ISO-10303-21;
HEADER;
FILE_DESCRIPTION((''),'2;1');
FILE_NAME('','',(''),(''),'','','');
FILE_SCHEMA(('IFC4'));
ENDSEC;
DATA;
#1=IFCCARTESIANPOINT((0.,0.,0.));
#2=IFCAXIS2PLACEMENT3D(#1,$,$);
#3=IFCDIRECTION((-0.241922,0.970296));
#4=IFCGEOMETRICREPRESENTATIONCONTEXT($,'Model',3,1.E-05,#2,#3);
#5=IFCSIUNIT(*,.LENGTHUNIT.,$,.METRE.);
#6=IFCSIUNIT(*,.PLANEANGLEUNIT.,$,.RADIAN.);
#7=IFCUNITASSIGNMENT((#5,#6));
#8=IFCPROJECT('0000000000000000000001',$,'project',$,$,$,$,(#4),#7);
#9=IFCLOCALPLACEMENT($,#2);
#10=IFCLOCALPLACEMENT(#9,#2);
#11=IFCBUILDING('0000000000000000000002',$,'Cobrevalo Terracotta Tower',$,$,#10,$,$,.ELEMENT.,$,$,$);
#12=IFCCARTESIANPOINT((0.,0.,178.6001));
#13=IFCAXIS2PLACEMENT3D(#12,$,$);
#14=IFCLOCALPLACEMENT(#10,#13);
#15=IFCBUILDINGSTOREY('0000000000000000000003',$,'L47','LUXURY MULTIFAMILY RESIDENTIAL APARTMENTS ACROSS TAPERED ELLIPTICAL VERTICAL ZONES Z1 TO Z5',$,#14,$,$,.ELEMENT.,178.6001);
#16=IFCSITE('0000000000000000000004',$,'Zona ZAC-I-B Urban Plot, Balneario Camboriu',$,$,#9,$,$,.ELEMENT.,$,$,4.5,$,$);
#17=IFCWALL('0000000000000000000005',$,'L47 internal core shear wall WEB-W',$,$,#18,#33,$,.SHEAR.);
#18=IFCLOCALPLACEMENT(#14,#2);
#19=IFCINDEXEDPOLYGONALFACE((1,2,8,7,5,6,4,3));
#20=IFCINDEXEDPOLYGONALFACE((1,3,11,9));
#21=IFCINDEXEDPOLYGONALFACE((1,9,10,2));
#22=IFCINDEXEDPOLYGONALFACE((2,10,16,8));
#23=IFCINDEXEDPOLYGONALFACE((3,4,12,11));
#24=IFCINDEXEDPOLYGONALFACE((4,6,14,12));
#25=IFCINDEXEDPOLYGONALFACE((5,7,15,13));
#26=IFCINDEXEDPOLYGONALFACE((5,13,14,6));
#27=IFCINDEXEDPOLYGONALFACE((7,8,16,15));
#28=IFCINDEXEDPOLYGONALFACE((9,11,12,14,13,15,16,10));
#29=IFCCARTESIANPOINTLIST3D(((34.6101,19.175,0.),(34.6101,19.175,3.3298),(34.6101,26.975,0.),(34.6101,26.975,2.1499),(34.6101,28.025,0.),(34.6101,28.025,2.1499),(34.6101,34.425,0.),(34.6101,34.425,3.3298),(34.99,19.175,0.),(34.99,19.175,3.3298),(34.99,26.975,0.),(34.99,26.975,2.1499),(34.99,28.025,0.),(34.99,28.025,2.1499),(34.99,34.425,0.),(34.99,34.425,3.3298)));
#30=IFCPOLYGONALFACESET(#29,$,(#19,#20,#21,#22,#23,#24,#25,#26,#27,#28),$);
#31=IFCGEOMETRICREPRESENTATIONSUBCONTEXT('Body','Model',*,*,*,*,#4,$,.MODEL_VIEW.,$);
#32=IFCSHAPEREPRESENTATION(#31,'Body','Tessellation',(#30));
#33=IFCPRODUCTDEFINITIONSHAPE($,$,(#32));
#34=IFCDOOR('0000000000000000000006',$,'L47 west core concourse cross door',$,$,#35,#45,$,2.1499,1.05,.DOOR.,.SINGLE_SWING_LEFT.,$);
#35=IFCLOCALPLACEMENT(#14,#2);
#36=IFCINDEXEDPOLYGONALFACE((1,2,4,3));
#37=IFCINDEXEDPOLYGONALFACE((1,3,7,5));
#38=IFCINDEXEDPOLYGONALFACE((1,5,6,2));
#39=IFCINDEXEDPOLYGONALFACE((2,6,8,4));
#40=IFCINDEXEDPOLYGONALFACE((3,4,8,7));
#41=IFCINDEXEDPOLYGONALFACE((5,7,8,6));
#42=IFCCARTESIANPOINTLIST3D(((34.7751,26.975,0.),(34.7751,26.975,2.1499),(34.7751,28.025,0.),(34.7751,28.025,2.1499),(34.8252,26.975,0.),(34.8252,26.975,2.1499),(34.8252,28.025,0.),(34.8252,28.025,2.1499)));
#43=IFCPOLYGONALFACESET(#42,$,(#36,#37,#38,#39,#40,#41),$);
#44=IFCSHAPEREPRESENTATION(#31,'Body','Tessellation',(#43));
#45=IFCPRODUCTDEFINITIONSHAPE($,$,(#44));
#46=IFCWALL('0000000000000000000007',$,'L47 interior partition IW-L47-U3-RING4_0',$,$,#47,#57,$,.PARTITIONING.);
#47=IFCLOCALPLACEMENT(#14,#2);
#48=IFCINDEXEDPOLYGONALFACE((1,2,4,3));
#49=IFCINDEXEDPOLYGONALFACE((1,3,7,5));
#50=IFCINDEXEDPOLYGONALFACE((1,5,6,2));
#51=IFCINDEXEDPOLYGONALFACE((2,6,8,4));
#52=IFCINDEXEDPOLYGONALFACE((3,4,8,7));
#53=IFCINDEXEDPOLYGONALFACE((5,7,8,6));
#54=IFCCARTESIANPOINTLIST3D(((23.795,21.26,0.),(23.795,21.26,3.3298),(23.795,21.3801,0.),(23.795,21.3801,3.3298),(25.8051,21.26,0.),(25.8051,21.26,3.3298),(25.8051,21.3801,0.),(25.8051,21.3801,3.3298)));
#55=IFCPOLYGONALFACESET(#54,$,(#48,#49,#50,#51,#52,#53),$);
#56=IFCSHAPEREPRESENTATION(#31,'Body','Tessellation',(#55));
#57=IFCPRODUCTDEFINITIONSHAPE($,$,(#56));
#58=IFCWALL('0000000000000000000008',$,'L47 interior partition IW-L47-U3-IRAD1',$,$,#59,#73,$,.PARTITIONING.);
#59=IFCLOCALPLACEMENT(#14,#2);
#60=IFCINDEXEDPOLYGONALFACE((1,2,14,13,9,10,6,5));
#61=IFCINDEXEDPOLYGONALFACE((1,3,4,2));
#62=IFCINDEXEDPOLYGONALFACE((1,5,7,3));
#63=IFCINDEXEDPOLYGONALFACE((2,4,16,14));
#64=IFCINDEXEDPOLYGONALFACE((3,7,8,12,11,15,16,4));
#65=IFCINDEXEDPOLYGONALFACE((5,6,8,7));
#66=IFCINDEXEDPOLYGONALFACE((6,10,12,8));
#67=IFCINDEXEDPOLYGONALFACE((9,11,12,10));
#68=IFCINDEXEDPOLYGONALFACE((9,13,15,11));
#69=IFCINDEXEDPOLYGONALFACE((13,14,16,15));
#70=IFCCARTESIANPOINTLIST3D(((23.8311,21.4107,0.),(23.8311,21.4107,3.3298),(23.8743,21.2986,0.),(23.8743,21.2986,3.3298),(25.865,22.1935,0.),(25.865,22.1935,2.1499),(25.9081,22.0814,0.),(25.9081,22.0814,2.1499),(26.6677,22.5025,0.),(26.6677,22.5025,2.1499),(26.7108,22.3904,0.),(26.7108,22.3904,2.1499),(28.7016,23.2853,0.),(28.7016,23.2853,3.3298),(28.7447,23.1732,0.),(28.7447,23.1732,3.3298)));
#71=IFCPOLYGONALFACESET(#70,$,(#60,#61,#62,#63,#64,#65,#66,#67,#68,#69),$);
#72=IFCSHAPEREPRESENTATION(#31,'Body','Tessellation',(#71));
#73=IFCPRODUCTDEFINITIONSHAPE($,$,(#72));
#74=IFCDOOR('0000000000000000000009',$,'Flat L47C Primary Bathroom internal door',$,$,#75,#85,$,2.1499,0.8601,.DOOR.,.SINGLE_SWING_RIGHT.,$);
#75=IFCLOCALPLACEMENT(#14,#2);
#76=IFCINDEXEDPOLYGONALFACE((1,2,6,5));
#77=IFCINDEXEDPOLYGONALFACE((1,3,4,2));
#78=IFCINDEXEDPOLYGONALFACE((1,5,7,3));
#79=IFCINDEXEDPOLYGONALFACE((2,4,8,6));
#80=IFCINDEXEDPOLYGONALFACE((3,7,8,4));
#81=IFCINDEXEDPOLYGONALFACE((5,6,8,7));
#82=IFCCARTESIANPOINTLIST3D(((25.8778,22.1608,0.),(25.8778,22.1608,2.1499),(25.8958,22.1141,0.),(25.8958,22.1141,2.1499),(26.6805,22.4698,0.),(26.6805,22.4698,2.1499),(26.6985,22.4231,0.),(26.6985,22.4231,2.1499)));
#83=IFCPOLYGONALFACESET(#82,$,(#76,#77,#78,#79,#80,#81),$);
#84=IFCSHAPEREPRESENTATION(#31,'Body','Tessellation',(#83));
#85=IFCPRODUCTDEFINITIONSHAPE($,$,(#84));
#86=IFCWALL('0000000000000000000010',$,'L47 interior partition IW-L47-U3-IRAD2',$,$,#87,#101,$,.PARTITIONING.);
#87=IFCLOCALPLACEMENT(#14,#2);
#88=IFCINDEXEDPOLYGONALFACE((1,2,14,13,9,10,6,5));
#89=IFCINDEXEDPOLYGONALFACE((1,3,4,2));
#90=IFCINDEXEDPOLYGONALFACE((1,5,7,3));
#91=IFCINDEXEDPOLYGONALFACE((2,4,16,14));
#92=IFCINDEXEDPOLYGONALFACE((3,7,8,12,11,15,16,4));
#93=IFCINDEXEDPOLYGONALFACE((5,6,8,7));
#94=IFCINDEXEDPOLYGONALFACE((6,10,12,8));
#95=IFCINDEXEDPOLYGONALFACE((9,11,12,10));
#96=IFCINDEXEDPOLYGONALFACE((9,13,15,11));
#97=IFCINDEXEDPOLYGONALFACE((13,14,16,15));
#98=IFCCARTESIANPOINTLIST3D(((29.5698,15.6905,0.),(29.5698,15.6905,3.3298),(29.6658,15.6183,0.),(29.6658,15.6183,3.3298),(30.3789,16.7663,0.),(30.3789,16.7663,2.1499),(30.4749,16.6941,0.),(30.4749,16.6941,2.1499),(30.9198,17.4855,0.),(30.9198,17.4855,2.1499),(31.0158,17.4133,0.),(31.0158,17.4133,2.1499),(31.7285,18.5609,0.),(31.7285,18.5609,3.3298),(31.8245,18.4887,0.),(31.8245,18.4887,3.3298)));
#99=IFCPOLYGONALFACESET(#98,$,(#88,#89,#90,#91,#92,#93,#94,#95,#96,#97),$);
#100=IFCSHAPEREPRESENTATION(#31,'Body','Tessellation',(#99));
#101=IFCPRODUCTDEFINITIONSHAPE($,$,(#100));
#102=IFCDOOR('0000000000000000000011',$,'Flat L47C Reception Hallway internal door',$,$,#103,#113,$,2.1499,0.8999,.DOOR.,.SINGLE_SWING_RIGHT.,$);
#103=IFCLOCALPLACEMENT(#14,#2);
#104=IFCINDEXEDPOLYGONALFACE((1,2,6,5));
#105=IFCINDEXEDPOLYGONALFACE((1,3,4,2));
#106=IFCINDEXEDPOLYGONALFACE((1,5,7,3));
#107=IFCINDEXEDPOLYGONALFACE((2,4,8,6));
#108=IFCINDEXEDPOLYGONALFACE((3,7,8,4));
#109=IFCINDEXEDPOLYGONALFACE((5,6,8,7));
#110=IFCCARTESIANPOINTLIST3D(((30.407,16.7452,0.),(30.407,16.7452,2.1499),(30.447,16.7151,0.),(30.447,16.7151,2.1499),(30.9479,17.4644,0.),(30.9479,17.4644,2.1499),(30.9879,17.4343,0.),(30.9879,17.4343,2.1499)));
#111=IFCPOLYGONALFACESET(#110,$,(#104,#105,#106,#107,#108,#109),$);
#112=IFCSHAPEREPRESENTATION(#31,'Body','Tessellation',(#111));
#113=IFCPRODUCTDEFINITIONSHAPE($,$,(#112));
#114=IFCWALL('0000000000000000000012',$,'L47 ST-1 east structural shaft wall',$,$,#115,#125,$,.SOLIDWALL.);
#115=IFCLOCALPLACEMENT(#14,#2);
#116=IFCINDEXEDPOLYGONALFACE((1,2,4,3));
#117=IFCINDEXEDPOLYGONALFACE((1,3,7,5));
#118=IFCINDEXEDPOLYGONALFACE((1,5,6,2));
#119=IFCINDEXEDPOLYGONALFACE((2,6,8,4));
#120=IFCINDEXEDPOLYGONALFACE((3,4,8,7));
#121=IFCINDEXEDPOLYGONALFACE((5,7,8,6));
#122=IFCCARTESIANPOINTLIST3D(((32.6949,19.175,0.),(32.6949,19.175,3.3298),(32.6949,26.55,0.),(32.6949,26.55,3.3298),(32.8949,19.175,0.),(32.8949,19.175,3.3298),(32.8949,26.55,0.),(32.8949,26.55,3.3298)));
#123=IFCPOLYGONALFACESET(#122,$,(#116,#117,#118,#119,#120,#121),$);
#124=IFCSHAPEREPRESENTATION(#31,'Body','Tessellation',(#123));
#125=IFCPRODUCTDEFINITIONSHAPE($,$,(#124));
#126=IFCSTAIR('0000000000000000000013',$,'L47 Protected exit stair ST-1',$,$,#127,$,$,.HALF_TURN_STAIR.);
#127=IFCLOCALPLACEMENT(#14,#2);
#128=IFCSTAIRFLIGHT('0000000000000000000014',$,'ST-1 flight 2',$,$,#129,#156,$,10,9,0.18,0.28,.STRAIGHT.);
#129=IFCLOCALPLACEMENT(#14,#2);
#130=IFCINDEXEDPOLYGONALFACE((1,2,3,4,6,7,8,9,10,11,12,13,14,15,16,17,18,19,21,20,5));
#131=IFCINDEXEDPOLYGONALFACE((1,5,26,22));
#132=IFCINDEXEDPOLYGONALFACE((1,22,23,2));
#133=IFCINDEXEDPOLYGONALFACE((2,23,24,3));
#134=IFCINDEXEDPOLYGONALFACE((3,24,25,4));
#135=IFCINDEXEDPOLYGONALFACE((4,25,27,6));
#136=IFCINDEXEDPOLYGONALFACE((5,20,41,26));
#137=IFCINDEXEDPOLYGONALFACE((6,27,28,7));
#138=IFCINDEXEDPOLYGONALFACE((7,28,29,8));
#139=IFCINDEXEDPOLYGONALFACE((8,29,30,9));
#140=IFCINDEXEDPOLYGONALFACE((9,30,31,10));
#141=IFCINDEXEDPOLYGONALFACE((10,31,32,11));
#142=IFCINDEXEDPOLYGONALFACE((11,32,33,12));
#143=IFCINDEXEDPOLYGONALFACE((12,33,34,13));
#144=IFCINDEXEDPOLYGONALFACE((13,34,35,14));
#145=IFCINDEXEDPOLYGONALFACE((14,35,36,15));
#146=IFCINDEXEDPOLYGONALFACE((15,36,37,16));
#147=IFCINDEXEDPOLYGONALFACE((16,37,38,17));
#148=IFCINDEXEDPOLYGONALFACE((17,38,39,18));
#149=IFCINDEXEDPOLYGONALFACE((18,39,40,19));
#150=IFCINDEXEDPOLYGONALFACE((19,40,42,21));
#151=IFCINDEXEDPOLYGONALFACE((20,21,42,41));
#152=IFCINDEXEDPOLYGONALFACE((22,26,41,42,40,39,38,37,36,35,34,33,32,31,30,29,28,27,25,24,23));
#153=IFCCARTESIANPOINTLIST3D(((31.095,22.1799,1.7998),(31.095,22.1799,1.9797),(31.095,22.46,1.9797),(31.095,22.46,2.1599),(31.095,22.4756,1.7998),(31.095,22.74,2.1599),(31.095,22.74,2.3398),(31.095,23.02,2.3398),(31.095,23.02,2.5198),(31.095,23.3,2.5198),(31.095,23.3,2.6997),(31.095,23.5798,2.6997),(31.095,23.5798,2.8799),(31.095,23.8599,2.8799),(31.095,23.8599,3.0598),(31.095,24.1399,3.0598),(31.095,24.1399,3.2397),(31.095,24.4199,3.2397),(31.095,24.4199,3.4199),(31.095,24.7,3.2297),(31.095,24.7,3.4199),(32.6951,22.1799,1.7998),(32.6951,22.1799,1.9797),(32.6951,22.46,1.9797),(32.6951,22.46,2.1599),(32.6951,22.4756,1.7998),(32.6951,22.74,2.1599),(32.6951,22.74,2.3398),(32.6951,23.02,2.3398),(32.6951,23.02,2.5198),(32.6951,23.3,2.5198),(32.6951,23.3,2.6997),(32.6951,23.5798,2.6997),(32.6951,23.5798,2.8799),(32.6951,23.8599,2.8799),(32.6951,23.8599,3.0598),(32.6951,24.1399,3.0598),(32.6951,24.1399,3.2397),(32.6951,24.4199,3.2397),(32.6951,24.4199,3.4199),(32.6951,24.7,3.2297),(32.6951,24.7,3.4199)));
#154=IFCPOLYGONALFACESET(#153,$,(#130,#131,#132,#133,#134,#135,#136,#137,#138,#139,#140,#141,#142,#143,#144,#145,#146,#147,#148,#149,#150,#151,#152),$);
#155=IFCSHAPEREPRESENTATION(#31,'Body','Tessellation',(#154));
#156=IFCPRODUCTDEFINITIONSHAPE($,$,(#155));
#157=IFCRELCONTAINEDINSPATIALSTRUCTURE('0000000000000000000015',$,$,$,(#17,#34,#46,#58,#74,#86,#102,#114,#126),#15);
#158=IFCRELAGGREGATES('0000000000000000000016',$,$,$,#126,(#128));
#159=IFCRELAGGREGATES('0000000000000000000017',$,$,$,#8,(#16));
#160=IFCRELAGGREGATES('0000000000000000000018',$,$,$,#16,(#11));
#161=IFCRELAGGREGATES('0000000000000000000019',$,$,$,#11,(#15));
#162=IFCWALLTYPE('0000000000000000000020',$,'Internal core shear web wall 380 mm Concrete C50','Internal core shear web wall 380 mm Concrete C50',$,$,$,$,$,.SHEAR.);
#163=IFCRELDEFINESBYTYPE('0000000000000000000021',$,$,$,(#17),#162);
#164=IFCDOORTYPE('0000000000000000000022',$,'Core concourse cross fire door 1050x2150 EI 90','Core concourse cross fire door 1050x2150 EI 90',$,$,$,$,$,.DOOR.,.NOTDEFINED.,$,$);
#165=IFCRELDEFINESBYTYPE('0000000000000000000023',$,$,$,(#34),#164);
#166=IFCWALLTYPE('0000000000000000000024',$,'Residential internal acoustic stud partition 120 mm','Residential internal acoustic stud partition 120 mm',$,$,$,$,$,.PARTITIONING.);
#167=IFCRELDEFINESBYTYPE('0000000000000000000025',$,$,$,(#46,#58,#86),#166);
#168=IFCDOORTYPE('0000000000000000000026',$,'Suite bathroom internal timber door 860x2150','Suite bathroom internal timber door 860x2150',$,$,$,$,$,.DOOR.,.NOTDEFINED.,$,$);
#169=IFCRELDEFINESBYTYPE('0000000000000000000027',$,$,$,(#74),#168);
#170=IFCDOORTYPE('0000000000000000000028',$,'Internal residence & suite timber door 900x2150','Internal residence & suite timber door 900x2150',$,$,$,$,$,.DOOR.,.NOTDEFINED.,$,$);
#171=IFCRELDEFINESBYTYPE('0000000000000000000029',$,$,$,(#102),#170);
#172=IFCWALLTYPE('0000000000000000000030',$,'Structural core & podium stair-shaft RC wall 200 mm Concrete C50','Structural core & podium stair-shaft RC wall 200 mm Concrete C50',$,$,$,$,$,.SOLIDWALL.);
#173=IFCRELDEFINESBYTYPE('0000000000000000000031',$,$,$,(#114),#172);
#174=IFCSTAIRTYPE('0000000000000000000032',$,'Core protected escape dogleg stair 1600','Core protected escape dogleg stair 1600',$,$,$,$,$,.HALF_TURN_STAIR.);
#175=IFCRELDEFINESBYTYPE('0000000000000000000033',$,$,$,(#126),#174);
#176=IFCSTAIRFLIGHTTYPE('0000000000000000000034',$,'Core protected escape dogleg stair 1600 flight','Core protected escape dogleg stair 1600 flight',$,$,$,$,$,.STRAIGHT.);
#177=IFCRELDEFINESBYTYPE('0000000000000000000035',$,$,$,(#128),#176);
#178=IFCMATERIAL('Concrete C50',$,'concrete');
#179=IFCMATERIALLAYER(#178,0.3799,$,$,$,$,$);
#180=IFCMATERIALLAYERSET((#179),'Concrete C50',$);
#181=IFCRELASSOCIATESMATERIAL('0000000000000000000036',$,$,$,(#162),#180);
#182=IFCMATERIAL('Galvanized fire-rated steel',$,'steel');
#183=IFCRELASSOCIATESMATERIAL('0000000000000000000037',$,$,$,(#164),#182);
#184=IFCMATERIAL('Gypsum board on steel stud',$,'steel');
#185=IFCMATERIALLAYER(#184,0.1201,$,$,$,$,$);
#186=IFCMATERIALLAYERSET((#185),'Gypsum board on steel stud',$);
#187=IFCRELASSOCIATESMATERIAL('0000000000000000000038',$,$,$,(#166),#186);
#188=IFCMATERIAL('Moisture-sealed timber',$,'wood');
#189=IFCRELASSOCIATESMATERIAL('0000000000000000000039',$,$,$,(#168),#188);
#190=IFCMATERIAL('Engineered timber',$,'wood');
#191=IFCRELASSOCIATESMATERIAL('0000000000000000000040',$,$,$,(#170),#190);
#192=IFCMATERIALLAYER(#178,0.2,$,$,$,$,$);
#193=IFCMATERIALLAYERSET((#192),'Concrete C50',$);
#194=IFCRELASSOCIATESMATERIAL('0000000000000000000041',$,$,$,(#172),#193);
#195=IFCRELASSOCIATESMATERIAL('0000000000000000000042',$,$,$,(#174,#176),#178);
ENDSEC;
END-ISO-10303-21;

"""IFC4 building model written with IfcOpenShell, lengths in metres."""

from ifc_helpers import new_model, si_unit, direction, frame, frame_2d, origin, place, context, subcontext, project, spatial, polyline, rectangle, outline, extrude, source, transform, mapped, material, layer, layer_set, type_object, element, fill, aggregate, save


model = new_model("IFC4")

# Units and contexts
model_context = context("Model", 3, precision=1e-05, world=origin(), true_north=direction((-0.241922, 0.970296)))
body_context = subcontext(model_context, "Body", "Model", "MODEL_VIEW")
ifc_project = project(units=[si_unit("LENGTHUNIT", "METRE"), si_unit("PLANEANGLEUNIT", "RADIAN")], contexts=[model_context])

# Site, building, storey
site_placement = place(None, origin())
site = spatial("IfcSite", under=ifc_project, at=site_placement, Name="Zona ZAC-I-B Urban Plot, Balneario Camboriu", CompositionType="ELEMENT", RefElevation=4.5)
building_placement = place(site_placement, origin())
building = spatial("IfcBuilding", under=site, at=building_placement, Name="Cobrevalo Terracotta Tower", CompositionType="ELEMENT")
storey_placement = place(building_placement, frame((0.0, 0.0, 178.6001)))
storey = spatial("IfcBuildingStorey", under=building, at=storey_placement, Name="L47", Description="LUXURY MULTIFAMILY RESIDENTIAL APARTMENTS ACROSS TAPERED ELLIPTICAL VERTICAL ZONES Z1 TO Z5", CompositionType="ELEMENT", Elevation=178.6001)

# Wall, opening, door
ifc_material_1 = material(Name="Galvanized fire-rated steel", Category="steel")
ifc_material_2 = material(Name="Gypsum board on steel stud", Category="steel")
ifc_material_3 = material(Name="Concrete C50", Category="concrete")
ifc_layer_1 = layer(ifc_material_3, 0.3799)
ifc_layer_set_1 = layer_set([ifc_layer_1], Name="Concrete C50")
wall_type_1 = type_object("IfcWallType", Name="Internal core shear web wall 380 mm Concrete C50", Description="Internal core shear web wall 380 mm Concrete C50", PredefinedType="SHEAR", material=ifc_layer_set_1)
wall_1_placement = place(storey_placement, frame((34.8, 19.175, 0.0), z_axis=(0.0, 0.0, 1.0), x_axis=(0.0, 1.0, 0.0)))
wall_1 = element("IfcWall", 1, at=wall_1_placement, inside=storey, type_object=wall_type_1, Name="L47 internal core shear wall WEB-W", PredefinedType="SHEAR", context=body_context, shape_type="SweptSolid", body=[
    extrude(rectangle(XDim=15.25, YDim=0.3799, at=frame_2d((7.625, 0.0))), origin(), (0.0, 0.0, 1.0), 3.3298),
])
opening_1_placement = place(wall_1_placement, frame((7.8, 0.0, 0.0)))
opening_1 = element("IfcOpeningElement", 2, at=opening_1_placement, cuts=wall_1, PredefinedType="OPENING", context=body_context, shape_type="SweptSolid", body=[
    extrude(rectangle(XDim=1.05, YDim=2.1499, at=frame_2d((0.5249, 1.075))), frame((0.0, 0.2, 0.0), z_axis=(0.0, -1.0, 0.0), x_axis=(1.0, 0.0, 0.0)), (0.0, 0.0, 1.0), 0.3999),
])
door_type_1 = type_object("IfcDoorType", Name="Core concourse cross fire door 1050x2150 EI 90", Description="Core concourse cross fire door 1050x2150 EI 90", OperationType="NOTDEFINED", PredefinedType="DOOR", material=ifc_material_1)
shared_shape_1 = source(origin(), body_context, "Body", "SweptSolid", [
    extrude(rectangle(XDim=1.05, YDim=2.1499, at=frame_2d((0.5249, 1.075))), frame((0.0, 0.0249, 0.0), z_axis=(0.0, -1.0, 0.0), x_axis=(1.0, 0.0, 0.0)), (0.0, 0.0, 1.0), 0.05),
])
door_1_placement = place(opening_1_placement, origin())
door_1 = element("IfcDoor", 3, at=door_1_placement, inside=storey, type_object=door_type_1, Name="L47 west core concourse cross door", OperationType="SINGLE_SWING_LEFT", OverallHeight=2.1499, OverallWidth=1.05, PredefinedType="DOOR", context=body_context, shape_type="MappedRepresentation", body=[
    mapped(shared_shape_1, transform((0.0, 0.0, 0.0), scale=1.0)),
])
fill(opening_1, door_1)

# Wall
ifc_layer_2 = layer(ifc_material_2, 0.1201)
ifc_layer_set_2 = layer_set([ifc_layer_2], Name="Gypsum board on steel stud")
wall_type_2 = type_object("IfcWallType", Name="Residential internal acoustic stud partition 120 mm", Description="Residential internal acoustic stud partition 120 mm", PredefinedType="PARTITIONING", material=ifc_layer_set_2)
wall_2_placement = place(storey_placement, frame((25.8049, 21.3201, 0.0), z_axis=(0.0, 0.0, 1.0), x_axis=(-1.0, 0.0, 0.0)))
element("IfcWall", 4, at=wall_2_placement, inside=storey, type_object=wall_type_2, Name="L47 interior partition IW-L47-U3-RING4_0", PredefinedType="PARTITIONING", context=body_context, shape_type="SweptSolid", body=[
    extrude(rectangle(XDim=2.01, YDim=0.1201, at=frame_2d((1.0049, 0.0))), origin(), (0.0, 0.0, 1.0), 3.3298),
])

# Walls, openings, doors
wall_3_placement = place(storey_placement, frame((28.7231, 23.2292, 0.0), z_axis=(0.0, 0.0, 1.0), x_axis=(-0.933262, -0.359195, 0.0)))
wall_3 = element("IfcWall", 5, at=wall_3_placement, inside=storey, type_object=wall_type_2, Name="L47 interior partition IW-L47-U3-IRAD1", PredefinedType="PARTITIONING", context=body_context, shape_type="SweptSolid", body=[
    extrude(rectangle(XDim=5.2188, YDim=0.1201, at=frame_2d((2.6094, 0.0))), origin(), (0.0, 0.0, 1.0), 3.3298),
])
opening_2_placement = place(wall_3_placement, frame((2.1792, 0.0, 0.0)))
opening_2 = element("IfcOpeningElement", 6, at=opening_2_placement, cuts=wall_3, PredefinedType="OPENING", context=body_context, shape_type="SweptSolid", body=[
    extrude(rectangle(XDim=0.8601, YDim=2.1499, at=frame_2d((0.4302, 1.075))), frame((0.0, 0.0701, 0.0), z_axis=(0.0, -1.0, 0.0), x_axis=(1.0, 0.0, 0.0)), (0.0, 0.0, 1.0), 0.1401),
])
ifc_material_4 = material(Name="Moisture-sealed timber", Category="wood")
door_type_2 = type_object("IfcDoorType", Name="Suite bathroom internal timber door 860x2150", Description="Suite bathroom internal timber door 860x2150", OperationType="NOTDEFINED", PredefinedType="DOOR", material=ifc_material_4)
shared_shape_2 = source(origin(), body_context, "Body", "SweptSolid", [
    extrude(rectangle(XDim=0.8601, YDim=2.1499, at=frame_2d((0.4302, 1.075))), frame((0.0, 0.0249, 0.0), z_axis=(0.0, -1.0, 0.0), x_axis=(1.0, 0.0, 0.0)), (0.0, 0.0, 1.0), 0.05),
])
door_2_placement = place(opening_2_placement, frame((0.8601, 0.0, 0.0), z_axis=(0.0, 0.0, 1.0), x_axis=(-1.0, 0.0, 0.0)))
door_2 = element("IfcDoor", 7, at=door_2_placement, inside=storey, type_object=door_type_2, Name="Flat L47C Primary Bathroom internal door", OperationType="SINGLE_SWING_RIGHT", OverallHeight=2.1499, OverallWidth=0.8601, PredefinedType="DOOR", context=body_context, shape_type="MappedRepresentation", body=[
    mapped(shared_shape_2, transform((0.0, 0.0, 0.0), scale=1.0)),
])
fill(opening_2, door_2)
wall_4_placement = place(storey_placement, frame((31.7766, 18.5249, 0.0), z_axis=(0.0, 0.0, 1.0), x_axis=(-0.601054, -0.799208, 0.0)))
wall_4 = element("IfcWall", 8, at=wall_4_placement, inside=storey, type_object=wall_type_2, Name="L47 interior partition IW-L47-U3-IRAD2", PredefinedType="PARTITIONING", context=body_context, shape_type="SweptSolid", body=[
    extrude(rectangle(XDim=3.5916, YDim=0.1201, at=frame_2d((1.7959, 0.0))), origin(), (0.0, 0.0, 1.0), 3.3298),
])
opening_3_placement = place(wall_4_placement, frame((1.3457, 0.0, 0.0)))
opening_3 = element("IfcOpeningElement", 9, at=opening_3_placement, cuts=wall_4, PredefinedType="OPENING", context=body_context, shape_type="SweptSolid", body=[
    extrude(rectangle(XDim=0.8999, YDim=2.1499, at=frame_2d((0.45, 1.075))), frame((0.0, 0.0701, 0.0), z_axis=(0.0, -1.0, 0.0), x_axis=(1.0, 0.0, 0.0)), (0.0, 0.0, 1.0), 0.1401),
])
ifc_material_5 = material(Name="Engineered timber", Category="wood")
door_type_3 = type_object("IfcDoorType", Name="Internal residence & suite timber door 900x2150", Description="Internal residence & suite timber door 900x2150", OperationType="NOTDEFINED", PredefinedType="DOOR", material=ifc_material_5)
shared_shape_3 = source(origin(), body_context, "Body", "SweptSolid", [
    extrude(rectangle(XDim=0.8999, YDim=2.1499, at=frame_2d((0.45, 1.075))), frame((0.0, 0.0249, 0.0), z_axis=(0.0, -1.0, 0.0), x_axis=(1.0, 0.0, 0.0)), (0.0, 0.0, 1.0), 0.05),
])
door_3_placement = place(opening_3_placement, frame((0.8999, 0.0, 0.0), z_axis=(0.0, 0.0, 1.0), x_axis=(-1.0, 0.0, 0.0)))
door_3 = element("IfcDoor", 10, at=door_3_placement, inside=storey, type_object=door_type_3, Name="Flat L47C Reception Hallway internal door", OperationType="SINGLE_SWING_RIGHT", OverallHeight=2.1499, OverallWidth=0.8999, PredefinedType="DOOR", context=body_context, shape_type="MappedRepresentation", body=[
    mapped(shared_shape_3, transform((0.0, 0.0, 0.0), scale=1.0)),
])
fill(opening_3, door_3)

# Wall
ifc_layer_3 = layer(ifc_material_3, 0.2)
ifc_layer_set_3 = layer_set([ifc_layer_3], Name="Concrete C50")
wall_type_3 = type_object("IfcWallType", Name="Structural core & podium stair-shaft RC wall 200 mm Concrete C50", Description="Structural core & podium stair-shaft RC wall 200 mm Concrete C50", PredefinedType="SOLIDWALL", material=ifc_layer_set_3)
wall_5_placement = place(storey_placement, frame((32.7949, 19.175, 0.0), z_axis=(0.0, 0.0, 1.0), x_axis=(0.0, 1.0, 0.0)))
element("IfcWall", 11, at=wall_5_placement, inside=storey, type_object=wall_type_3, Name="L47 ST-1 east structural shaft wall", PredefinedType="SOLIDWALL", context=body_context, shape_type="SweptSolid", body=[
    extrude(rectangle(XDim=7.375, YDim=0.2, at=frame_2d((3.6875, 0.0))), origin(), (0.0, 0.0, 1.0), 3.3298),
])

# Stair, stair flight
stair_type = type_object("IfcStairType", Name="Core protected escape dogleg stair 1600", Description="Core protected escape dogleg stair 1600", PredefinedType="HALF_TURN_STAIR", material=ifc_material_3)
stair_placement = place(storey_placement, origin())
stair = element("IfcStair", 12, at=stair_placement, inside=storey, type_object=stair_type, Name="L47 Protected exit stair ST-1", PredefinedType="HALF_TURN_STAIR")
stair_flight_type = type_object("IfcStairFlightType", Name="Core protected escape dogleg stair 1600 flight", Description="Core protected escape dogleg stair 1600 flight", PredefinedType="STRAIGHT", material=ifc_material_3)
stair_flight_placement = place(storey_placement, frame((31.895, 22.1799, 1.7998), z_axis=(0.0, 0.0, 1.0), x_axis=(0.0, 1.0, 0.0)))
stair_flight = element("IfcStairFlight", 13, at=stair_flight_placement, type_object=stair_flight_type, Name="ST-1 flight 2", NumberOfRisers=10, NumberOfTreads=9, PredefinedType="STRAIGHT", RiserHeight=0.18, TreadLength=0.28, context=body_context, shape_type="SweptSolid", body=[
    extrude(outline(polyline([(0.0, 0.0), (0.0, 0.1799), (0.28, 0.1799), (0.28, 0.3601), (0.5601, 0.3601), (0.5601, 0.54), (0.8401, 0.54), (0.8401, 0.72), (1.1201, 0.72), (1.1201, 0.8999), (1.3999, 0.8999), (1.3999, 1.0801), (1.6799, 1.0801), (1.6799, 1.26), (1.96, 1.26), (1.96, 1.4399), (2.24, 1.4399), (2.24, 1.6201), (2.52, 1.6201), (2.52, 1.8), (2.52, 1.4299), (0.2957, 0.0), (0.0, 0.0)])), frame((0.0, 0.8, 0.0), z_axis=(0.0, -1.0, 0.0), x_axis=(1.0, 0.0, 0.0)), (0.0, 0.0, 1.0), 1.6001),
])
aggregate(stair, [stair_flight])

save(model, "model.ifc")
